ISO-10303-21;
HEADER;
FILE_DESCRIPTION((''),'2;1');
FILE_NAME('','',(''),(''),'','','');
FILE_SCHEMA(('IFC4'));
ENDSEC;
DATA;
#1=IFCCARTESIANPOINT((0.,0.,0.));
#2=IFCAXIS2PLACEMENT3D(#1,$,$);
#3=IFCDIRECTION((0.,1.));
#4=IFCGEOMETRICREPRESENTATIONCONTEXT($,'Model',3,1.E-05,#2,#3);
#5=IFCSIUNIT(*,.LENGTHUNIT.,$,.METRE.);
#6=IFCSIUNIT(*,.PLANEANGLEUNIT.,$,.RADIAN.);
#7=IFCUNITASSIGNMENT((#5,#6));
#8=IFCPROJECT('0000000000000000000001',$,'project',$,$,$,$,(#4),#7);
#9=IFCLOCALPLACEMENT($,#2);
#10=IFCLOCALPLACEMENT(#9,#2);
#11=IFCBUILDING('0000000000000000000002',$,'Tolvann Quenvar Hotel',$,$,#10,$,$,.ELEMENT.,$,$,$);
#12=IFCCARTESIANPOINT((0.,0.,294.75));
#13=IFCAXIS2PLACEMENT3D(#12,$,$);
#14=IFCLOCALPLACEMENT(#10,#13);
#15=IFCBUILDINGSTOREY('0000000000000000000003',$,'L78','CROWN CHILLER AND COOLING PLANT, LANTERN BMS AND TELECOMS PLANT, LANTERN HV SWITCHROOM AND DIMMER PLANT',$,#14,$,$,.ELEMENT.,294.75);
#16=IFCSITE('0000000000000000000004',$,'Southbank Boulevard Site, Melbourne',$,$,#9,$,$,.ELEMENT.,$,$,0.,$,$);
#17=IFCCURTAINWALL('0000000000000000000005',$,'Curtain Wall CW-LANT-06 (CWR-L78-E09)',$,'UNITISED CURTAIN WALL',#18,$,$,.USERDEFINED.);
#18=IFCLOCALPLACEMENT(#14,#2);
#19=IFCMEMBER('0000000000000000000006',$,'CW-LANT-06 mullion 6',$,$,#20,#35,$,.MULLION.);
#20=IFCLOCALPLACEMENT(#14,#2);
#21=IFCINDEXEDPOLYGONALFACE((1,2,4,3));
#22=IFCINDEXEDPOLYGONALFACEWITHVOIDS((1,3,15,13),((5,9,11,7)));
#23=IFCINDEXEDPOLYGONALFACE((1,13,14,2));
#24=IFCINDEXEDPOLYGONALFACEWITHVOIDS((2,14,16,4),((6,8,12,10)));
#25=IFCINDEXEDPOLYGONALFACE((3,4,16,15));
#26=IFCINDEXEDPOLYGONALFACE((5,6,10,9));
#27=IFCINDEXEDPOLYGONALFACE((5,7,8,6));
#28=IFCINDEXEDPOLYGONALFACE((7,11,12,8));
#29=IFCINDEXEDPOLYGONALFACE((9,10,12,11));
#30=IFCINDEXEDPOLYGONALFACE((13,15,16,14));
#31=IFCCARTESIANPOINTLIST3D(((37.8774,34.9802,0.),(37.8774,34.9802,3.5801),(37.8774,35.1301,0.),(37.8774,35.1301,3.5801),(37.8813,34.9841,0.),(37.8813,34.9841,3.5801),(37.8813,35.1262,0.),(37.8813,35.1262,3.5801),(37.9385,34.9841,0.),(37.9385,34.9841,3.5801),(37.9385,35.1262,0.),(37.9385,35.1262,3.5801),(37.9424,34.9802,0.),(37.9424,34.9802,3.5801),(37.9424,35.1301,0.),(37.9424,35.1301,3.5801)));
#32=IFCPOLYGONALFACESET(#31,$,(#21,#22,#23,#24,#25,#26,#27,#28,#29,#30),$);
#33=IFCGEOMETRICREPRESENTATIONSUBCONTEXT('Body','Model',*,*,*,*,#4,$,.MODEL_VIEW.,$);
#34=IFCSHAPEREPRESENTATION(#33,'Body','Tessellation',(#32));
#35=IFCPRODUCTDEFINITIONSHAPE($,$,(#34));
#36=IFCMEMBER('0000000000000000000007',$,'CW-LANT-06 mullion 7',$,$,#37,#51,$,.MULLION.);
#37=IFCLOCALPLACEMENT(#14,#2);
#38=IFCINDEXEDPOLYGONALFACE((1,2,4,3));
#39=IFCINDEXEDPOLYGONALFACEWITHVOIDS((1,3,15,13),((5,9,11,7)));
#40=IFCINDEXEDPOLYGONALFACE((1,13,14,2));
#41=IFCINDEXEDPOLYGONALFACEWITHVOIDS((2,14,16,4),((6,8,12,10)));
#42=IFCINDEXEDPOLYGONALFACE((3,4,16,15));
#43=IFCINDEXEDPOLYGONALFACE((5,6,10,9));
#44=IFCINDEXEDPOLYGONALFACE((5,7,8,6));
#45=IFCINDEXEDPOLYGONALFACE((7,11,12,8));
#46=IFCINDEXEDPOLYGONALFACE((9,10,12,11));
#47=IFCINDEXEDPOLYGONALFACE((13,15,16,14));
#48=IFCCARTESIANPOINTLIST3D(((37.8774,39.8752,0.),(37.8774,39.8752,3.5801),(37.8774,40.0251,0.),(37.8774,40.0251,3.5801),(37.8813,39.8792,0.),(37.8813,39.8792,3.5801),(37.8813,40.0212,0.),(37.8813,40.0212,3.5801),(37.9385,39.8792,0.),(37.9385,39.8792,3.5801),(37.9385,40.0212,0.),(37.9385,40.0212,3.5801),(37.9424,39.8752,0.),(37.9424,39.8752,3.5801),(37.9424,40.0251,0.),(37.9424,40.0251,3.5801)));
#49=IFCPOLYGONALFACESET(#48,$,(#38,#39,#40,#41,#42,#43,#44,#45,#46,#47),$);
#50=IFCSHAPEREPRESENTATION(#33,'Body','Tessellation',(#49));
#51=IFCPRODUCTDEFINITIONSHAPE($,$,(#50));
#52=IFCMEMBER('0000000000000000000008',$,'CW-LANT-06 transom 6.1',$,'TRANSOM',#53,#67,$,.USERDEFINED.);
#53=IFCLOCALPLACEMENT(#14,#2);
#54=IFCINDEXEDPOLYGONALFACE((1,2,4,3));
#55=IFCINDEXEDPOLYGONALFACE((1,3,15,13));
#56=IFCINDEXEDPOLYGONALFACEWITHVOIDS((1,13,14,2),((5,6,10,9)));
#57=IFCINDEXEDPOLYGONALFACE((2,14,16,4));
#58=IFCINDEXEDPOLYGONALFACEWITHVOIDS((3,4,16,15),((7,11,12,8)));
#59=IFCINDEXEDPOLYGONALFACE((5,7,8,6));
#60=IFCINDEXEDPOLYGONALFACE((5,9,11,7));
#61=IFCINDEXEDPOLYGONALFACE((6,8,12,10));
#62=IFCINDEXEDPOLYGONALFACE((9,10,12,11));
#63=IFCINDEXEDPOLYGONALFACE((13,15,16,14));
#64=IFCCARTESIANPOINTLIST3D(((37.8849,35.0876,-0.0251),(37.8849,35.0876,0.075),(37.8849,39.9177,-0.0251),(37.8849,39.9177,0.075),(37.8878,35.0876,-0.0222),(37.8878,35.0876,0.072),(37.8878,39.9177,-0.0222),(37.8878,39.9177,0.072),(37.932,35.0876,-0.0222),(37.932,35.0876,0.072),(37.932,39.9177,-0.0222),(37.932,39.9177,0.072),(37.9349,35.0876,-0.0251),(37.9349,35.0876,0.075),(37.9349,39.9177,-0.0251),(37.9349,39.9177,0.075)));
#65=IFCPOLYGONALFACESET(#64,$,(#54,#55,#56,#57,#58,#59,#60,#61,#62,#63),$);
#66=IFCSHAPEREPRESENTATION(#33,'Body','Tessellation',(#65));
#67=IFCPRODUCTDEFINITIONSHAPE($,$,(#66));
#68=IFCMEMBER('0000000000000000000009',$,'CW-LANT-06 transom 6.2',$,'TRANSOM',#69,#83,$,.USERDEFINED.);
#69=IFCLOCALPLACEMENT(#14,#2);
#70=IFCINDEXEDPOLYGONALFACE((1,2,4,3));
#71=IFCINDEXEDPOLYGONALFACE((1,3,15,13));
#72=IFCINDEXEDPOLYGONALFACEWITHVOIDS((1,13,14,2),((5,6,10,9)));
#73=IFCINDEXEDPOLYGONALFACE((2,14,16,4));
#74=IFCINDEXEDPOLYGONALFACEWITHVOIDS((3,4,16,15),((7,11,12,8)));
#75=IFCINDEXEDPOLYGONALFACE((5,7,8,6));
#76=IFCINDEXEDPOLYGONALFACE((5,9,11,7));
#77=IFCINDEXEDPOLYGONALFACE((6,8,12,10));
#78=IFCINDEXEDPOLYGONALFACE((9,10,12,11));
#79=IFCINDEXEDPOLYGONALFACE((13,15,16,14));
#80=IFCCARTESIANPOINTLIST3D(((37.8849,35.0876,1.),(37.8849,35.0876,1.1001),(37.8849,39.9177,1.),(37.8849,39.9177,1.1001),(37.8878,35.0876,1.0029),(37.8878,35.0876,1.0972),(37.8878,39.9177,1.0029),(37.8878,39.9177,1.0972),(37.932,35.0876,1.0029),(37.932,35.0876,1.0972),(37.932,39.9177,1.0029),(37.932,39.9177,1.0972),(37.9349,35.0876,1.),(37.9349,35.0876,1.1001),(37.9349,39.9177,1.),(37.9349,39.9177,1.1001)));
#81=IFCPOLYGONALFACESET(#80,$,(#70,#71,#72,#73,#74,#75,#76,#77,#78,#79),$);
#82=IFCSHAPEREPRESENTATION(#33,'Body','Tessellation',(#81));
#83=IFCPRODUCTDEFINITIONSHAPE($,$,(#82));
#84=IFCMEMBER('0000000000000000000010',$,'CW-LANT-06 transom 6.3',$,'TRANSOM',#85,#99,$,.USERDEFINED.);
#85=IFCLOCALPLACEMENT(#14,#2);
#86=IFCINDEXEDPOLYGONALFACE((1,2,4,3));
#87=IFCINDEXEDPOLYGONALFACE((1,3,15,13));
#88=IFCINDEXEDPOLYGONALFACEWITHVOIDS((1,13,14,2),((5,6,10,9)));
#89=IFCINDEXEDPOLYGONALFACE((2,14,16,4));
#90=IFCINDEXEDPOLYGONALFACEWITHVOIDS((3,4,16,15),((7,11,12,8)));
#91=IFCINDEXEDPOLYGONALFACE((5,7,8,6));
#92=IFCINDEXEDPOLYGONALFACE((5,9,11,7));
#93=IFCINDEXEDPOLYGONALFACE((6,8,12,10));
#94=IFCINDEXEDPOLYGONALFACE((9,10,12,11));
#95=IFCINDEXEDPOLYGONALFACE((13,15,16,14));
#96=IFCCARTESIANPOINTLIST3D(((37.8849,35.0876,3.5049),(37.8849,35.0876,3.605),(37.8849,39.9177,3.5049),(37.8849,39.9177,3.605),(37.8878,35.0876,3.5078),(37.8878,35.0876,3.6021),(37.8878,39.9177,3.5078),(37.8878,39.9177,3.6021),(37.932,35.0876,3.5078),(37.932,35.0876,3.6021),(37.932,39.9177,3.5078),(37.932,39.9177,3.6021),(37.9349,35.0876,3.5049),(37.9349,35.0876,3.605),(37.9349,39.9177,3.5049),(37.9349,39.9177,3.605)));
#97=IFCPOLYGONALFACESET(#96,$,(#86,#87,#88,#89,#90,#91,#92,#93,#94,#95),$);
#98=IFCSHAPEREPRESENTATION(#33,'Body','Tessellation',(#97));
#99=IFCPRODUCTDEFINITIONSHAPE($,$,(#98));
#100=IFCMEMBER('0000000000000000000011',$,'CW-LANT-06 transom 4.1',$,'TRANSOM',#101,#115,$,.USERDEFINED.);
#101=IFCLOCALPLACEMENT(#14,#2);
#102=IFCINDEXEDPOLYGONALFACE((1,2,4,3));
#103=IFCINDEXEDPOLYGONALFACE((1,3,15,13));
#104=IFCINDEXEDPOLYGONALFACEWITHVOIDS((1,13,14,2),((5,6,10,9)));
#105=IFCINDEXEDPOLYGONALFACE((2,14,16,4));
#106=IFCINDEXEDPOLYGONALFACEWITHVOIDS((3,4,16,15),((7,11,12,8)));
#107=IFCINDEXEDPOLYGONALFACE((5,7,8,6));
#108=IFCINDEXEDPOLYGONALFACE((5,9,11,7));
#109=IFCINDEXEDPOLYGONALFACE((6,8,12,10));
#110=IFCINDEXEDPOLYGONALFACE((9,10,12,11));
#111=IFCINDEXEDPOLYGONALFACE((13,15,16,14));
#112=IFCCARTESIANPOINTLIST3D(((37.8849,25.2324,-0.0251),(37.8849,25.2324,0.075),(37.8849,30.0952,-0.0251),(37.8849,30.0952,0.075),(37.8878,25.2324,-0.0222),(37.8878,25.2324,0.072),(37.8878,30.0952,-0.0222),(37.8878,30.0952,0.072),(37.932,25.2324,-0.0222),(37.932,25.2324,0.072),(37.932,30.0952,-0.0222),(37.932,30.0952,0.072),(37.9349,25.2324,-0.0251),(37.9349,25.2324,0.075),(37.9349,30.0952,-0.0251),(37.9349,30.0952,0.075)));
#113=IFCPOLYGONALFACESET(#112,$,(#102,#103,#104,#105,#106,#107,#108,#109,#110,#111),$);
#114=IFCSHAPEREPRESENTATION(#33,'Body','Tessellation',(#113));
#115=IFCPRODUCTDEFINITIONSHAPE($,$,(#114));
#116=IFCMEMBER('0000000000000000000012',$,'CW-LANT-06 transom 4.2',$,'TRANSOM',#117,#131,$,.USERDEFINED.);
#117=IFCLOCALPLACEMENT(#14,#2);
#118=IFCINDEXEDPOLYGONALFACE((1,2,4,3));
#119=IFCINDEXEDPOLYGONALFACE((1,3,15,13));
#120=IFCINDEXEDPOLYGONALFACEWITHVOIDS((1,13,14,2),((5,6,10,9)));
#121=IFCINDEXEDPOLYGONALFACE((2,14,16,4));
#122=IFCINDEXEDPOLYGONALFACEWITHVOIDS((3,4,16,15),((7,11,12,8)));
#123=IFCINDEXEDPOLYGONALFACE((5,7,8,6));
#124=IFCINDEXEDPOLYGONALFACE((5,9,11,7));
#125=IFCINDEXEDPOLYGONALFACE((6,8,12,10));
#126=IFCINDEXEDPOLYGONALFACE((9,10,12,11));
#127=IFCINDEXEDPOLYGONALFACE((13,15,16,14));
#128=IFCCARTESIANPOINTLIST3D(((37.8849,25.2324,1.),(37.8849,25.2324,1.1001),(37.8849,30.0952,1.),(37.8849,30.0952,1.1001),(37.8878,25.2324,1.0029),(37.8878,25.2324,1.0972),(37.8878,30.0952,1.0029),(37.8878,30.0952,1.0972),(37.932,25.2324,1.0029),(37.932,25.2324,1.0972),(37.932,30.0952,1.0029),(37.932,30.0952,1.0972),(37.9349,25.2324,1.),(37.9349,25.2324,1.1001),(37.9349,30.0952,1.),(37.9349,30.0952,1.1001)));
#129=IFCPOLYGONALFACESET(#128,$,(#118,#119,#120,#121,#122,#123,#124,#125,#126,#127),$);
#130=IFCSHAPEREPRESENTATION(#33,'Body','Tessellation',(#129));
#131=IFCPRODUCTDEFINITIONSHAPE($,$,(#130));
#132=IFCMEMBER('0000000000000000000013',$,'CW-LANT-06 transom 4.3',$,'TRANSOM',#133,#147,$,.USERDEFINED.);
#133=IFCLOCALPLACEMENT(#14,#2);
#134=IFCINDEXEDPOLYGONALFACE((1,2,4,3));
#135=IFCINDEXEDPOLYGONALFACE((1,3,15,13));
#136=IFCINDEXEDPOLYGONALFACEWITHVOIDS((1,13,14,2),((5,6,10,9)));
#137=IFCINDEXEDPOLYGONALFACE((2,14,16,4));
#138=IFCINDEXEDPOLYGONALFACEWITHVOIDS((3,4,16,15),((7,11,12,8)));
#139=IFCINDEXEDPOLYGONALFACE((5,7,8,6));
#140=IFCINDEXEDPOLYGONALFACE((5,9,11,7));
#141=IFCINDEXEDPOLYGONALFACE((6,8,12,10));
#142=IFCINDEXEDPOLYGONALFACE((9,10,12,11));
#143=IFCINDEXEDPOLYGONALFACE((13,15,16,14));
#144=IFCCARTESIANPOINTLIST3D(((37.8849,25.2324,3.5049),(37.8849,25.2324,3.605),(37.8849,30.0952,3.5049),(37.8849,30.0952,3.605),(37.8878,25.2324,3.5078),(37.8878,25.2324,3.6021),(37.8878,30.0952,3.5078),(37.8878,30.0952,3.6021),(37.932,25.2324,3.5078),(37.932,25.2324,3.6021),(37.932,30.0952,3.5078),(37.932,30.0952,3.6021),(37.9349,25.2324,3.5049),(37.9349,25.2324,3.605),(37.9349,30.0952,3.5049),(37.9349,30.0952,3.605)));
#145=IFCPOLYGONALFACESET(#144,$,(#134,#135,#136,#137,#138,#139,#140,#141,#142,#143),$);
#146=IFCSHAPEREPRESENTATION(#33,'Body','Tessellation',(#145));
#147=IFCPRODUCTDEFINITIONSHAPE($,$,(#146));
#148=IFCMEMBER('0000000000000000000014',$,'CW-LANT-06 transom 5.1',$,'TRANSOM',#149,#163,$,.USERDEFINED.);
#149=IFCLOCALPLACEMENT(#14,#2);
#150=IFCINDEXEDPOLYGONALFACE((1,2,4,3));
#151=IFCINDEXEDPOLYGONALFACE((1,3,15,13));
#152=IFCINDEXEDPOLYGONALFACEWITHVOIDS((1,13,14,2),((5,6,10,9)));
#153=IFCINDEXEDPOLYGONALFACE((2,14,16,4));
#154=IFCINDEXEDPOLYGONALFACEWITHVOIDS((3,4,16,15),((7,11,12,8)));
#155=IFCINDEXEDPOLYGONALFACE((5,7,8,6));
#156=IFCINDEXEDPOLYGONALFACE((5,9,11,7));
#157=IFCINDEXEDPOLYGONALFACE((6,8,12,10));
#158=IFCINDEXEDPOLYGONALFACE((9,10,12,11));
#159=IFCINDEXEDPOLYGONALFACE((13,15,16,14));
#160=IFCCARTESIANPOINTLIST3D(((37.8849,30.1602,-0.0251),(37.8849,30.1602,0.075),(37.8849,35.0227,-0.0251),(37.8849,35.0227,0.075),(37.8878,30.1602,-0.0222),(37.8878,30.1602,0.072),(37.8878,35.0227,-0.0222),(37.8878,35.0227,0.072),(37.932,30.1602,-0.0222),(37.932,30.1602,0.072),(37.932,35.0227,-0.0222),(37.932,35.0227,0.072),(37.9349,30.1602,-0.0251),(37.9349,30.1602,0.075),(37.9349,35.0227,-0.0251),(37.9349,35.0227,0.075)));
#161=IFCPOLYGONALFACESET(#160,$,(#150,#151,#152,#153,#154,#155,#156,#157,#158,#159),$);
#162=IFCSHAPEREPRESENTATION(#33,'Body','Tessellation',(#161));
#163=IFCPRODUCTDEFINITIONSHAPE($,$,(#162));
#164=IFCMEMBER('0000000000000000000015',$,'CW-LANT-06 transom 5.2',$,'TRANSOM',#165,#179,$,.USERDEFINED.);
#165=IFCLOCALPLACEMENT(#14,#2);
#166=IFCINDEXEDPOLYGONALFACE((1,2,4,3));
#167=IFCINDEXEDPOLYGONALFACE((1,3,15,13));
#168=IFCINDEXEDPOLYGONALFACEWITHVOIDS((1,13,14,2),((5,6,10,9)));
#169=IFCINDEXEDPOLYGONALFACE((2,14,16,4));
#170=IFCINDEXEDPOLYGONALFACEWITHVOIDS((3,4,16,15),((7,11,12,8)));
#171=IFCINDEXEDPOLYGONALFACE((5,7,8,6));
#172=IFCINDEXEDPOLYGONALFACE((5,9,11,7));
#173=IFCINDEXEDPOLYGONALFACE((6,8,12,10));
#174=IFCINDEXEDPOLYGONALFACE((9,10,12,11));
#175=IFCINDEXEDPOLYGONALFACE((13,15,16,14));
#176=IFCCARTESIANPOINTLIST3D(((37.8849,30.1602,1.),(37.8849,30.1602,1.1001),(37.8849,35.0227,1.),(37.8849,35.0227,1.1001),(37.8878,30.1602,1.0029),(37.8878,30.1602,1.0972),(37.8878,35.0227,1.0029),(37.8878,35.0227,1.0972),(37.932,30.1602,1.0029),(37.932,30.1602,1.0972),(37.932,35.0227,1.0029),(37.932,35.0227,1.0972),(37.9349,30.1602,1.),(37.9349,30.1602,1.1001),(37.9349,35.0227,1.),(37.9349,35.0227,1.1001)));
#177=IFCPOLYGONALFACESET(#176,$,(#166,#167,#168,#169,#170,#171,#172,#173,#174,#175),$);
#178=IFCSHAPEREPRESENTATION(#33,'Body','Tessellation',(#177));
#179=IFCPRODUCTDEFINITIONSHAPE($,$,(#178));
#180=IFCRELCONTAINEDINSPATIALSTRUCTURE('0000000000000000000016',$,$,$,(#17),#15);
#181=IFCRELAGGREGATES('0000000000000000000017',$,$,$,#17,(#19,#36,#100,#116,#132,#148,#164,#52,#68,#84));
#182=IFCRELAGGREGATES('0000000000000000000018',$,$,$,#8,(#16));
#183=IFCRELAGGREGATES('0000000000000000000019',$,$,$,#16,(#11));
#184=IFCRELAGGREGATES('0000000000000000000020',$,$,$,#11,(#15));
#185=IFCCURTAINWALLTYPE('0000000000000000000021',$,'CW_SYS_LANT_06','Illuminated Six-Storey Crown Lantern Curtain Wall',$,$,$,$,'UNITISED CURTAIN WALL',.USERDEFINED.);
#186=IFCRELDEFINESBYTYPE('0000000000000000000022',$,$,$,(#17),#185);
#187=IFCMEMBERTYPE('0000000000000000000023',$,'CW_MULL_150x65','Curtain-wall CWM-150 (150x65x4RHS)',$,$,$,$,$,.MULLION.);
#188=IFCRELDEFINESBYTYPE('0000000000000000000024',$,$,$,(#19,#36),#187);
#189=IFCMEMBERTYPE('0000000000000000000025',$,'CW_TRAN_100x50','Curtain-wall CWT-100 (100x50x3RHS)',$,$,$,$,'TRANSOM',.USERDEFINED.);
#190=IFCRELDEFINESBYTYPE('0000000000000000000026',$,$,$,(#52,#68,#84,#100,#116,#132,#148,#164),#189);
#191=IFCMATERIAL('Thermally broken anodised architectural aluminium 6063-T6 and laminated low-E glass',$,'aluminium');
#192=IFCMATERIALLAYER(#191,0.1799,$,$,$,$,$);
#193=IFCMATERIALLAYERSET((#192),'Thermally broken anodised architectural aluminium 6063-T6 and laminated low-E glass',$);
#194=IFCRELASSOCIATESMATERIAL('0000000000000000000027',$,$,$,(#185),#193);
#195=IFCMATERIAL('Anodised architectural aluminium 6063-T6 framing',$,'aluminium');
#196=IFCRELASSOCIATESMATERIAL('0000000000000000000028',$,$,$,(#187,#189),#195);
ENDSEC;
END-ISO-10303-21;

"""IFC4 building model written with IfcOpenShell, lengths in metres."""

from ifc_helpers import new_model, si_unit, direction, frame, origin, origin_2d, place, context, subcontext, project, spatial, hollow_rectangle, extrude, source, transform, mapped, material, layer, layer_set, material_profile, profile_set, type_object, type_shapes, element, aggregate, save


model = new_model("IFC4")

# Units and contexts
model_context = context("Model", 3, precision=1e-05, world=origin(), true_north=direction((0.0, 1.0)))
body_context = subcontext(model_context, "Body", "Model", "MODEL_VIEW")
ifc_project = project(units=[si_unit("LENGTHUNIT", "METRE"), si_unit("PLANEANGLEUNIT", "RADIAN")], contexts=[model_context])

# Site, building, storey
site_placement = place(None, origin())
site = spatial("IfcSite", under=ifc_project, at=site_placement, Name="Southbank Boulevard Site, Melbourne", CompositionType="ELEMENT", RefElevation=0.0)
building_placement = place(site_placement, origin())
building = spatial("IfcBuilding", under=site, at=building_placement, Name="Tolvann Quenvar Hotel", CompositionType="ELEMENT")
storey_placement = place(building_placement, frame((0.0, 0.0, 294.75)))
storey = spatial("IfcBuildingStorey", under=building, at=storey_placement, Name="L78", Description="CROWN CHILLER AND COOLING PLANT, LANTERN BMS AND TELECOMS PLANT, LANTERN HV SWITCHROOM AND DIMMER PLANT", CompositionType="ELEMENT", Elevation=294.75)

# Curtain wall, members
ifc_material_1 = material(Name="Thermally broken anodised architectural aluminium 6063-T6 and laminated low-E glass", Category="aluminium")
ifc_layer_1 = layer(ifc_material_1, 0.1799)
ifc_layer_set_1 = layer_set([ifc_layer_1], Name="Thermally broken anodised architectural aluminium 6063-T6 and laminated low-E glass")
curtain_wall_type = type_object("IfcCurtainWallType", Name="CW_SYS_LANT_06", Description="Illuminated Six-Storey Crown Lantern Curtain Wall", ElementType="UNITISED CURTAIN WALL", PredefinedType="USERDEFINED", material=ifc_layer_set_1)
curtain_wall_placement = place(storey_placement, origin())
curtain_wall = element("IfcCurtainWall", 1, at=curtain_wall_placement, inside=storey, type_object=curtain_wall_type, Name="Curtain Wall CW-LANT-06 (CWR-L78-E09)", ObjectType="UNITISED CURTAIN WALL", PredefinedType="USERDEFINED")
ifc_material_2 = material(Name="Anodised architectural aluminium 6063-T6 framing", Category="aluminium")
ifc_material_profile_1 = material_profile(ifc_material_2, hollow_rectangle(XDim=0.0649, YDim=0.1499, WallThickness=0.0039, at=origin_2d()), Name="150x65x4RHS")
ifc_profile_set_1 = profile_set([ifc_material_profile_1], Name="Anodised architectural aluminium 6063-T6 framing")
member_type_1 = type_object("IfcMemberType", Name="CW_MULL_150x65", Description="Curtain-wall CWM-150 (150x65x4RHS)", PredefinedType="MULLION", material=ifc_profile_set_1)
shared_shape_1 = source(origin(), body_context, "Body", "SweptSolid", [
    extrude(hollow_rectangle(XDim=0.0649, YDim=0.1499, WallThickness=0.0039, at=origin_2d()), origin(), (0.0, 0.0, 1.0), 3.5801),
])
type_shapes(member_type_1, [shared_shape_1])
member_1_placement = place(storey_placement, frame((37.9099, 35.0552, 0.0), z_axis=(0.0, 0.0, 1.0), x_axis=(-1.0, 0.0, 0.0)))
member_1 = element("IfcMember", 2, at=member_1_placement, type_object=member_type_1, Name="CW-LANT-06 mullion 6", PredefinedType="MULLION", context=body_context, shape_type="MappedRepresentation", body=[
    mapped(shared_shape_1, transform((0.0, 0.0, 0.0), x_axis=(1.0, 0.0, 0.0), y_axis=(0.0, 1.0, 0.0), z_axis=(0.0, 0.0, 1.0), scale=1.0)),
])
member_2_placement = place(storey_placement, frame((37.9099, 39.9502, 0.0), z_axis=(0.0, 0.0, 1.0), x_axis=(-1.0, 0.0, 0.0)))
member_2 = element("IfcMember", 3, at=member_2_placement, type_object=member_type_1, Name="CW-LANT-06 mullion 7", PredefinedType="MULLION", context=body_context, shape_type="MappedRepresentation", body=[
    mapped(shared_shape_1, transform((0.0, 0.0, 0.0), x_axis=(1.0, 0.0, 0.0), y_axis=(0.0, 1.0, 0.0), z_axis=(0.0, 0.0, 1.0), scale=1.0)),
])
ifc_material_profile_2 = material_profile(ifc_material_2, hollow_rectangle(XDim=0.05, YDim=0.1001, WallThickness=0.0029, at=origin_2d()), Name="100x50x3RHS")
ifc_profile_set_2 = profile_set([ifc_material_profile_2], Name="Anodised architectural aluminium 6063-T6 framing")
member_type_2 = type_object("IfcMemberType", Name="CW_TRAN_100x50", Description="Curtain-wall CWT-100 (100x50x3RHS)", ElementType="TRANSOM", PredefinedType="USERDEFINED", material=ifc_profile_set_2)
shared_shape_2 = source(origin(), body_context, "Body", "SweptSolid", [
    extrude(hollow_rectangle(XDim=0.05, YDim=0.1001, WallThickness=0.0029, at=origin_2d()), origin(), (0.0, 0.0, 1.0), 4.8301),
])
member_3_placement = place(storey_placement, frame((37.9099, 35.0876, 0.0249), z_axis=(0.0, 1.0, 0.0), x_axis=(-1.0, 0.0, 0.0)))
member_3 = element("IfcMember", 4, at=member_3_placement, type_object=member_type_2, Name="CW-LANT-06 transom 6.1", ObjectType="TRANSOM", PredefinedType="USERDEFINED", context=body_context, shape_type="MappedRepresentation", body=[
    mapped(shared_shape_2, transform((0.0, 0.0, 0.0), x_axis=(1.0, 0.0, 0.0), y_axis=(0.0, 1.0, 0.0), z_axis=(0.0, 0.0, 1.0), scale=1.0)),
])
member_4_placement = place(storey_placement, frame((37.9099, 35.0876, 1.05), z_axis=(0.0, 1.0, 0.0), x_axis=(-1.0, 0.0, 0.0)))
member_4 = element("IfcMember", 5, at=member_4_placement, type_object=member_type_2, Name="CW-LANT-06 transom 6.2", ObjectType="TRANSOM", PredefinedType="USERDEFINED", context=body_context, shape_type="MappedRepresentation", body=[
    mapped(shared_shape_2, transform((0.0, 0.0, 0.0), x_axis=(1.0, 0.0, 0.0), y_axis=(0.0, 1.0, 0.0), z_axis=(0.0, 0.0, 1.0), scale=1.0)),
])
member_5_placement = place(storey_placement, frame((37.9099, 35.0876, 3.5549), z_axis=(0.0, 1.0, 0.0), x_axis=(-1.0, 0.0, 0.0)))
member_5 = element("IfcMember", 6, at=member_5_placement, type_object=member_type_2, Name="CW-LANT-06 transom 6.3", ObjectType="TRANSOM", PredefinedType="USERDEFINED", context=body_context, shape_type="MappedRepresentation", body=[
    mapped(shared_shape_2, transform((0.0, 0.0, 0.0), x_axis=(1.0, 0.0, 0.0), y_axis=(0.0, 1.0, 0.0), z_axis=(0.0, 0.0, 1.0), scale=1.0)),
])
shared_shape_3 = source(origin(), body_context, "Body", "SweptSolid", [
    extrude(hollow_rectangle(XDim=0.05, YDim=0.1001, WallThickness=0.0029, at=origin_2d()), origin(), (0.0, 0.0, 1.0), 4.8628),
])
member_6_placement = place(storey_placement, frame((37.9099, 25.2324, 0.0249), z_axis=(0.0, 1.0, 0.0), x_axis=(-1.0, 0.0, 0.0)))
member_6 = element("IfcMember", 7, at=member_6_placement, type_object=member_type_2, Name="CW-LANT-06 transom 4.1", ObjectType="TRANSOM", PredefinedType="USERDEFINED", context=body_context, shape_type="MappedRepresentation", body=[
    mapped(shared_shape_3, transform((0.0, 0.0, 0.0), x_axis=(1.0, 0.0, 0.0), y_axis=(0.0, 1.0, 0.0), z_axis=(0.0, 0.0, 1.0), scale=1.0)),
])
member_7_placement = place(storey_placement, frame((37.9099, 25.2324, 1.05), z_axis=(0.0, 1.0, 0.0), x_axis=(-1.0, 0.0, 0.0)))
member_7 = element("IfcMember", 8, at=member_7_placement, type_object=member_type_2, Name="CW-LANT-06 transom 4.2", ObjectType="TRANSOM", PredefinedType="USERDEFINED", context=body_context, shape_type="MappedRepresentation", body=[
    mapped(shared_shape_3, transform((0.0, 0.0, 0.0), x_axis=(1.0, 0.0, 0.0), y_axis=(0.0, 1.0, 0.0), z_axis=(0.0, 0.0, 1.0), scale=1.0)),
])
member_8_placement = place(storey_placement, frame((37.9099, 25.2324, 3.5549), z_axis=(0.0, 1.0, 0.0), x_axis=(-1.0, 0.0, 0.0)))
member_8 = element("IfcMember", 9, at=member_8_placement, type_object=member_type_2, Name="CW-LANT-06 transom 4.3", ObjectType="TRANSOM", PredefinedType="USERDEFINED", context=body_context, shape_type="MappedRepresentation", body=[
    mapped(shared_shape_3, transform((0.0, 0.0, 0.0), x_axis=(1.0, 0.0, 0.0), y_axis=(0.0, 1.0, 0.0), z_axis=(0.0, 0.0, 1.0), scale=1.0)),
])
shared_shape_4 = source(origin(), body_context, "Body", "SweptSolid", [
    extrude(hollow_rectangle(XDim=0.05, YDim=0.1001, WallThickness=0.0029, at=origin_2d()), origin(), (0.0, 0.0, 1.0), 4.8625),
])
type_shapes(member_type_2, [shared_shape_2, shared_shape_3, shared_shape_4])
member_9_placement = place(storey_placement, frame((37.9099, 30.1602, 0.0249), z_axis=(0.0, 1.0, 0.0), x_axis=(-1.0, 0.0, 0.0)))
member_9 = element("IfcMember", 10, at=member_9_placement, type_object=member_type_2, Name="CW-LANT-06 transom 5.1", ObjectType="TRANSOM", PredefinedType="USERDEFINED", context=body_context, shape_type="MappedRepresentation", body=[
    mapped(shared_shape_4, transform((0.0, 0.0, 0.0), x_axis=(1.0, 0.0, 0.0), y_axis=(0.0, 1.0, 0.0), z_axis=(0.0, 0.0, 1.0), scale=1.0)),
])
member_10_placement = place(storey_placement, frame((37.9099, 30.1602, 1.05), z_axis=(0.0, 1.0, 0.0), x_axis=(-1.0, 0.0, 0.0)))
member_10 = element("IfcMember", 11, at=member_10_placement, type_object=member_type_2, Name="CW-LANT-06 transom 5.2", ObjectType="TRANSOM", PredefinedType="USERDEFINED", context=body_context, shape_type="MappedRepresentation", body=[
    mapped(shared_shape_4, transform((0.0, 0.0, 0.0), x_axis=(1.0, 0.0, 0.0), y_axis=(0.0, 1.0, 0.0), z_axis=(0.0, 0.0, 1.0), scale=1.0)),
])

aggregate(curtain_wall, [member_1, member_2, member_6, member_7, member_8, member_9, member_10, member_3, member_4, member_5])

save(model, "model.ifc")
